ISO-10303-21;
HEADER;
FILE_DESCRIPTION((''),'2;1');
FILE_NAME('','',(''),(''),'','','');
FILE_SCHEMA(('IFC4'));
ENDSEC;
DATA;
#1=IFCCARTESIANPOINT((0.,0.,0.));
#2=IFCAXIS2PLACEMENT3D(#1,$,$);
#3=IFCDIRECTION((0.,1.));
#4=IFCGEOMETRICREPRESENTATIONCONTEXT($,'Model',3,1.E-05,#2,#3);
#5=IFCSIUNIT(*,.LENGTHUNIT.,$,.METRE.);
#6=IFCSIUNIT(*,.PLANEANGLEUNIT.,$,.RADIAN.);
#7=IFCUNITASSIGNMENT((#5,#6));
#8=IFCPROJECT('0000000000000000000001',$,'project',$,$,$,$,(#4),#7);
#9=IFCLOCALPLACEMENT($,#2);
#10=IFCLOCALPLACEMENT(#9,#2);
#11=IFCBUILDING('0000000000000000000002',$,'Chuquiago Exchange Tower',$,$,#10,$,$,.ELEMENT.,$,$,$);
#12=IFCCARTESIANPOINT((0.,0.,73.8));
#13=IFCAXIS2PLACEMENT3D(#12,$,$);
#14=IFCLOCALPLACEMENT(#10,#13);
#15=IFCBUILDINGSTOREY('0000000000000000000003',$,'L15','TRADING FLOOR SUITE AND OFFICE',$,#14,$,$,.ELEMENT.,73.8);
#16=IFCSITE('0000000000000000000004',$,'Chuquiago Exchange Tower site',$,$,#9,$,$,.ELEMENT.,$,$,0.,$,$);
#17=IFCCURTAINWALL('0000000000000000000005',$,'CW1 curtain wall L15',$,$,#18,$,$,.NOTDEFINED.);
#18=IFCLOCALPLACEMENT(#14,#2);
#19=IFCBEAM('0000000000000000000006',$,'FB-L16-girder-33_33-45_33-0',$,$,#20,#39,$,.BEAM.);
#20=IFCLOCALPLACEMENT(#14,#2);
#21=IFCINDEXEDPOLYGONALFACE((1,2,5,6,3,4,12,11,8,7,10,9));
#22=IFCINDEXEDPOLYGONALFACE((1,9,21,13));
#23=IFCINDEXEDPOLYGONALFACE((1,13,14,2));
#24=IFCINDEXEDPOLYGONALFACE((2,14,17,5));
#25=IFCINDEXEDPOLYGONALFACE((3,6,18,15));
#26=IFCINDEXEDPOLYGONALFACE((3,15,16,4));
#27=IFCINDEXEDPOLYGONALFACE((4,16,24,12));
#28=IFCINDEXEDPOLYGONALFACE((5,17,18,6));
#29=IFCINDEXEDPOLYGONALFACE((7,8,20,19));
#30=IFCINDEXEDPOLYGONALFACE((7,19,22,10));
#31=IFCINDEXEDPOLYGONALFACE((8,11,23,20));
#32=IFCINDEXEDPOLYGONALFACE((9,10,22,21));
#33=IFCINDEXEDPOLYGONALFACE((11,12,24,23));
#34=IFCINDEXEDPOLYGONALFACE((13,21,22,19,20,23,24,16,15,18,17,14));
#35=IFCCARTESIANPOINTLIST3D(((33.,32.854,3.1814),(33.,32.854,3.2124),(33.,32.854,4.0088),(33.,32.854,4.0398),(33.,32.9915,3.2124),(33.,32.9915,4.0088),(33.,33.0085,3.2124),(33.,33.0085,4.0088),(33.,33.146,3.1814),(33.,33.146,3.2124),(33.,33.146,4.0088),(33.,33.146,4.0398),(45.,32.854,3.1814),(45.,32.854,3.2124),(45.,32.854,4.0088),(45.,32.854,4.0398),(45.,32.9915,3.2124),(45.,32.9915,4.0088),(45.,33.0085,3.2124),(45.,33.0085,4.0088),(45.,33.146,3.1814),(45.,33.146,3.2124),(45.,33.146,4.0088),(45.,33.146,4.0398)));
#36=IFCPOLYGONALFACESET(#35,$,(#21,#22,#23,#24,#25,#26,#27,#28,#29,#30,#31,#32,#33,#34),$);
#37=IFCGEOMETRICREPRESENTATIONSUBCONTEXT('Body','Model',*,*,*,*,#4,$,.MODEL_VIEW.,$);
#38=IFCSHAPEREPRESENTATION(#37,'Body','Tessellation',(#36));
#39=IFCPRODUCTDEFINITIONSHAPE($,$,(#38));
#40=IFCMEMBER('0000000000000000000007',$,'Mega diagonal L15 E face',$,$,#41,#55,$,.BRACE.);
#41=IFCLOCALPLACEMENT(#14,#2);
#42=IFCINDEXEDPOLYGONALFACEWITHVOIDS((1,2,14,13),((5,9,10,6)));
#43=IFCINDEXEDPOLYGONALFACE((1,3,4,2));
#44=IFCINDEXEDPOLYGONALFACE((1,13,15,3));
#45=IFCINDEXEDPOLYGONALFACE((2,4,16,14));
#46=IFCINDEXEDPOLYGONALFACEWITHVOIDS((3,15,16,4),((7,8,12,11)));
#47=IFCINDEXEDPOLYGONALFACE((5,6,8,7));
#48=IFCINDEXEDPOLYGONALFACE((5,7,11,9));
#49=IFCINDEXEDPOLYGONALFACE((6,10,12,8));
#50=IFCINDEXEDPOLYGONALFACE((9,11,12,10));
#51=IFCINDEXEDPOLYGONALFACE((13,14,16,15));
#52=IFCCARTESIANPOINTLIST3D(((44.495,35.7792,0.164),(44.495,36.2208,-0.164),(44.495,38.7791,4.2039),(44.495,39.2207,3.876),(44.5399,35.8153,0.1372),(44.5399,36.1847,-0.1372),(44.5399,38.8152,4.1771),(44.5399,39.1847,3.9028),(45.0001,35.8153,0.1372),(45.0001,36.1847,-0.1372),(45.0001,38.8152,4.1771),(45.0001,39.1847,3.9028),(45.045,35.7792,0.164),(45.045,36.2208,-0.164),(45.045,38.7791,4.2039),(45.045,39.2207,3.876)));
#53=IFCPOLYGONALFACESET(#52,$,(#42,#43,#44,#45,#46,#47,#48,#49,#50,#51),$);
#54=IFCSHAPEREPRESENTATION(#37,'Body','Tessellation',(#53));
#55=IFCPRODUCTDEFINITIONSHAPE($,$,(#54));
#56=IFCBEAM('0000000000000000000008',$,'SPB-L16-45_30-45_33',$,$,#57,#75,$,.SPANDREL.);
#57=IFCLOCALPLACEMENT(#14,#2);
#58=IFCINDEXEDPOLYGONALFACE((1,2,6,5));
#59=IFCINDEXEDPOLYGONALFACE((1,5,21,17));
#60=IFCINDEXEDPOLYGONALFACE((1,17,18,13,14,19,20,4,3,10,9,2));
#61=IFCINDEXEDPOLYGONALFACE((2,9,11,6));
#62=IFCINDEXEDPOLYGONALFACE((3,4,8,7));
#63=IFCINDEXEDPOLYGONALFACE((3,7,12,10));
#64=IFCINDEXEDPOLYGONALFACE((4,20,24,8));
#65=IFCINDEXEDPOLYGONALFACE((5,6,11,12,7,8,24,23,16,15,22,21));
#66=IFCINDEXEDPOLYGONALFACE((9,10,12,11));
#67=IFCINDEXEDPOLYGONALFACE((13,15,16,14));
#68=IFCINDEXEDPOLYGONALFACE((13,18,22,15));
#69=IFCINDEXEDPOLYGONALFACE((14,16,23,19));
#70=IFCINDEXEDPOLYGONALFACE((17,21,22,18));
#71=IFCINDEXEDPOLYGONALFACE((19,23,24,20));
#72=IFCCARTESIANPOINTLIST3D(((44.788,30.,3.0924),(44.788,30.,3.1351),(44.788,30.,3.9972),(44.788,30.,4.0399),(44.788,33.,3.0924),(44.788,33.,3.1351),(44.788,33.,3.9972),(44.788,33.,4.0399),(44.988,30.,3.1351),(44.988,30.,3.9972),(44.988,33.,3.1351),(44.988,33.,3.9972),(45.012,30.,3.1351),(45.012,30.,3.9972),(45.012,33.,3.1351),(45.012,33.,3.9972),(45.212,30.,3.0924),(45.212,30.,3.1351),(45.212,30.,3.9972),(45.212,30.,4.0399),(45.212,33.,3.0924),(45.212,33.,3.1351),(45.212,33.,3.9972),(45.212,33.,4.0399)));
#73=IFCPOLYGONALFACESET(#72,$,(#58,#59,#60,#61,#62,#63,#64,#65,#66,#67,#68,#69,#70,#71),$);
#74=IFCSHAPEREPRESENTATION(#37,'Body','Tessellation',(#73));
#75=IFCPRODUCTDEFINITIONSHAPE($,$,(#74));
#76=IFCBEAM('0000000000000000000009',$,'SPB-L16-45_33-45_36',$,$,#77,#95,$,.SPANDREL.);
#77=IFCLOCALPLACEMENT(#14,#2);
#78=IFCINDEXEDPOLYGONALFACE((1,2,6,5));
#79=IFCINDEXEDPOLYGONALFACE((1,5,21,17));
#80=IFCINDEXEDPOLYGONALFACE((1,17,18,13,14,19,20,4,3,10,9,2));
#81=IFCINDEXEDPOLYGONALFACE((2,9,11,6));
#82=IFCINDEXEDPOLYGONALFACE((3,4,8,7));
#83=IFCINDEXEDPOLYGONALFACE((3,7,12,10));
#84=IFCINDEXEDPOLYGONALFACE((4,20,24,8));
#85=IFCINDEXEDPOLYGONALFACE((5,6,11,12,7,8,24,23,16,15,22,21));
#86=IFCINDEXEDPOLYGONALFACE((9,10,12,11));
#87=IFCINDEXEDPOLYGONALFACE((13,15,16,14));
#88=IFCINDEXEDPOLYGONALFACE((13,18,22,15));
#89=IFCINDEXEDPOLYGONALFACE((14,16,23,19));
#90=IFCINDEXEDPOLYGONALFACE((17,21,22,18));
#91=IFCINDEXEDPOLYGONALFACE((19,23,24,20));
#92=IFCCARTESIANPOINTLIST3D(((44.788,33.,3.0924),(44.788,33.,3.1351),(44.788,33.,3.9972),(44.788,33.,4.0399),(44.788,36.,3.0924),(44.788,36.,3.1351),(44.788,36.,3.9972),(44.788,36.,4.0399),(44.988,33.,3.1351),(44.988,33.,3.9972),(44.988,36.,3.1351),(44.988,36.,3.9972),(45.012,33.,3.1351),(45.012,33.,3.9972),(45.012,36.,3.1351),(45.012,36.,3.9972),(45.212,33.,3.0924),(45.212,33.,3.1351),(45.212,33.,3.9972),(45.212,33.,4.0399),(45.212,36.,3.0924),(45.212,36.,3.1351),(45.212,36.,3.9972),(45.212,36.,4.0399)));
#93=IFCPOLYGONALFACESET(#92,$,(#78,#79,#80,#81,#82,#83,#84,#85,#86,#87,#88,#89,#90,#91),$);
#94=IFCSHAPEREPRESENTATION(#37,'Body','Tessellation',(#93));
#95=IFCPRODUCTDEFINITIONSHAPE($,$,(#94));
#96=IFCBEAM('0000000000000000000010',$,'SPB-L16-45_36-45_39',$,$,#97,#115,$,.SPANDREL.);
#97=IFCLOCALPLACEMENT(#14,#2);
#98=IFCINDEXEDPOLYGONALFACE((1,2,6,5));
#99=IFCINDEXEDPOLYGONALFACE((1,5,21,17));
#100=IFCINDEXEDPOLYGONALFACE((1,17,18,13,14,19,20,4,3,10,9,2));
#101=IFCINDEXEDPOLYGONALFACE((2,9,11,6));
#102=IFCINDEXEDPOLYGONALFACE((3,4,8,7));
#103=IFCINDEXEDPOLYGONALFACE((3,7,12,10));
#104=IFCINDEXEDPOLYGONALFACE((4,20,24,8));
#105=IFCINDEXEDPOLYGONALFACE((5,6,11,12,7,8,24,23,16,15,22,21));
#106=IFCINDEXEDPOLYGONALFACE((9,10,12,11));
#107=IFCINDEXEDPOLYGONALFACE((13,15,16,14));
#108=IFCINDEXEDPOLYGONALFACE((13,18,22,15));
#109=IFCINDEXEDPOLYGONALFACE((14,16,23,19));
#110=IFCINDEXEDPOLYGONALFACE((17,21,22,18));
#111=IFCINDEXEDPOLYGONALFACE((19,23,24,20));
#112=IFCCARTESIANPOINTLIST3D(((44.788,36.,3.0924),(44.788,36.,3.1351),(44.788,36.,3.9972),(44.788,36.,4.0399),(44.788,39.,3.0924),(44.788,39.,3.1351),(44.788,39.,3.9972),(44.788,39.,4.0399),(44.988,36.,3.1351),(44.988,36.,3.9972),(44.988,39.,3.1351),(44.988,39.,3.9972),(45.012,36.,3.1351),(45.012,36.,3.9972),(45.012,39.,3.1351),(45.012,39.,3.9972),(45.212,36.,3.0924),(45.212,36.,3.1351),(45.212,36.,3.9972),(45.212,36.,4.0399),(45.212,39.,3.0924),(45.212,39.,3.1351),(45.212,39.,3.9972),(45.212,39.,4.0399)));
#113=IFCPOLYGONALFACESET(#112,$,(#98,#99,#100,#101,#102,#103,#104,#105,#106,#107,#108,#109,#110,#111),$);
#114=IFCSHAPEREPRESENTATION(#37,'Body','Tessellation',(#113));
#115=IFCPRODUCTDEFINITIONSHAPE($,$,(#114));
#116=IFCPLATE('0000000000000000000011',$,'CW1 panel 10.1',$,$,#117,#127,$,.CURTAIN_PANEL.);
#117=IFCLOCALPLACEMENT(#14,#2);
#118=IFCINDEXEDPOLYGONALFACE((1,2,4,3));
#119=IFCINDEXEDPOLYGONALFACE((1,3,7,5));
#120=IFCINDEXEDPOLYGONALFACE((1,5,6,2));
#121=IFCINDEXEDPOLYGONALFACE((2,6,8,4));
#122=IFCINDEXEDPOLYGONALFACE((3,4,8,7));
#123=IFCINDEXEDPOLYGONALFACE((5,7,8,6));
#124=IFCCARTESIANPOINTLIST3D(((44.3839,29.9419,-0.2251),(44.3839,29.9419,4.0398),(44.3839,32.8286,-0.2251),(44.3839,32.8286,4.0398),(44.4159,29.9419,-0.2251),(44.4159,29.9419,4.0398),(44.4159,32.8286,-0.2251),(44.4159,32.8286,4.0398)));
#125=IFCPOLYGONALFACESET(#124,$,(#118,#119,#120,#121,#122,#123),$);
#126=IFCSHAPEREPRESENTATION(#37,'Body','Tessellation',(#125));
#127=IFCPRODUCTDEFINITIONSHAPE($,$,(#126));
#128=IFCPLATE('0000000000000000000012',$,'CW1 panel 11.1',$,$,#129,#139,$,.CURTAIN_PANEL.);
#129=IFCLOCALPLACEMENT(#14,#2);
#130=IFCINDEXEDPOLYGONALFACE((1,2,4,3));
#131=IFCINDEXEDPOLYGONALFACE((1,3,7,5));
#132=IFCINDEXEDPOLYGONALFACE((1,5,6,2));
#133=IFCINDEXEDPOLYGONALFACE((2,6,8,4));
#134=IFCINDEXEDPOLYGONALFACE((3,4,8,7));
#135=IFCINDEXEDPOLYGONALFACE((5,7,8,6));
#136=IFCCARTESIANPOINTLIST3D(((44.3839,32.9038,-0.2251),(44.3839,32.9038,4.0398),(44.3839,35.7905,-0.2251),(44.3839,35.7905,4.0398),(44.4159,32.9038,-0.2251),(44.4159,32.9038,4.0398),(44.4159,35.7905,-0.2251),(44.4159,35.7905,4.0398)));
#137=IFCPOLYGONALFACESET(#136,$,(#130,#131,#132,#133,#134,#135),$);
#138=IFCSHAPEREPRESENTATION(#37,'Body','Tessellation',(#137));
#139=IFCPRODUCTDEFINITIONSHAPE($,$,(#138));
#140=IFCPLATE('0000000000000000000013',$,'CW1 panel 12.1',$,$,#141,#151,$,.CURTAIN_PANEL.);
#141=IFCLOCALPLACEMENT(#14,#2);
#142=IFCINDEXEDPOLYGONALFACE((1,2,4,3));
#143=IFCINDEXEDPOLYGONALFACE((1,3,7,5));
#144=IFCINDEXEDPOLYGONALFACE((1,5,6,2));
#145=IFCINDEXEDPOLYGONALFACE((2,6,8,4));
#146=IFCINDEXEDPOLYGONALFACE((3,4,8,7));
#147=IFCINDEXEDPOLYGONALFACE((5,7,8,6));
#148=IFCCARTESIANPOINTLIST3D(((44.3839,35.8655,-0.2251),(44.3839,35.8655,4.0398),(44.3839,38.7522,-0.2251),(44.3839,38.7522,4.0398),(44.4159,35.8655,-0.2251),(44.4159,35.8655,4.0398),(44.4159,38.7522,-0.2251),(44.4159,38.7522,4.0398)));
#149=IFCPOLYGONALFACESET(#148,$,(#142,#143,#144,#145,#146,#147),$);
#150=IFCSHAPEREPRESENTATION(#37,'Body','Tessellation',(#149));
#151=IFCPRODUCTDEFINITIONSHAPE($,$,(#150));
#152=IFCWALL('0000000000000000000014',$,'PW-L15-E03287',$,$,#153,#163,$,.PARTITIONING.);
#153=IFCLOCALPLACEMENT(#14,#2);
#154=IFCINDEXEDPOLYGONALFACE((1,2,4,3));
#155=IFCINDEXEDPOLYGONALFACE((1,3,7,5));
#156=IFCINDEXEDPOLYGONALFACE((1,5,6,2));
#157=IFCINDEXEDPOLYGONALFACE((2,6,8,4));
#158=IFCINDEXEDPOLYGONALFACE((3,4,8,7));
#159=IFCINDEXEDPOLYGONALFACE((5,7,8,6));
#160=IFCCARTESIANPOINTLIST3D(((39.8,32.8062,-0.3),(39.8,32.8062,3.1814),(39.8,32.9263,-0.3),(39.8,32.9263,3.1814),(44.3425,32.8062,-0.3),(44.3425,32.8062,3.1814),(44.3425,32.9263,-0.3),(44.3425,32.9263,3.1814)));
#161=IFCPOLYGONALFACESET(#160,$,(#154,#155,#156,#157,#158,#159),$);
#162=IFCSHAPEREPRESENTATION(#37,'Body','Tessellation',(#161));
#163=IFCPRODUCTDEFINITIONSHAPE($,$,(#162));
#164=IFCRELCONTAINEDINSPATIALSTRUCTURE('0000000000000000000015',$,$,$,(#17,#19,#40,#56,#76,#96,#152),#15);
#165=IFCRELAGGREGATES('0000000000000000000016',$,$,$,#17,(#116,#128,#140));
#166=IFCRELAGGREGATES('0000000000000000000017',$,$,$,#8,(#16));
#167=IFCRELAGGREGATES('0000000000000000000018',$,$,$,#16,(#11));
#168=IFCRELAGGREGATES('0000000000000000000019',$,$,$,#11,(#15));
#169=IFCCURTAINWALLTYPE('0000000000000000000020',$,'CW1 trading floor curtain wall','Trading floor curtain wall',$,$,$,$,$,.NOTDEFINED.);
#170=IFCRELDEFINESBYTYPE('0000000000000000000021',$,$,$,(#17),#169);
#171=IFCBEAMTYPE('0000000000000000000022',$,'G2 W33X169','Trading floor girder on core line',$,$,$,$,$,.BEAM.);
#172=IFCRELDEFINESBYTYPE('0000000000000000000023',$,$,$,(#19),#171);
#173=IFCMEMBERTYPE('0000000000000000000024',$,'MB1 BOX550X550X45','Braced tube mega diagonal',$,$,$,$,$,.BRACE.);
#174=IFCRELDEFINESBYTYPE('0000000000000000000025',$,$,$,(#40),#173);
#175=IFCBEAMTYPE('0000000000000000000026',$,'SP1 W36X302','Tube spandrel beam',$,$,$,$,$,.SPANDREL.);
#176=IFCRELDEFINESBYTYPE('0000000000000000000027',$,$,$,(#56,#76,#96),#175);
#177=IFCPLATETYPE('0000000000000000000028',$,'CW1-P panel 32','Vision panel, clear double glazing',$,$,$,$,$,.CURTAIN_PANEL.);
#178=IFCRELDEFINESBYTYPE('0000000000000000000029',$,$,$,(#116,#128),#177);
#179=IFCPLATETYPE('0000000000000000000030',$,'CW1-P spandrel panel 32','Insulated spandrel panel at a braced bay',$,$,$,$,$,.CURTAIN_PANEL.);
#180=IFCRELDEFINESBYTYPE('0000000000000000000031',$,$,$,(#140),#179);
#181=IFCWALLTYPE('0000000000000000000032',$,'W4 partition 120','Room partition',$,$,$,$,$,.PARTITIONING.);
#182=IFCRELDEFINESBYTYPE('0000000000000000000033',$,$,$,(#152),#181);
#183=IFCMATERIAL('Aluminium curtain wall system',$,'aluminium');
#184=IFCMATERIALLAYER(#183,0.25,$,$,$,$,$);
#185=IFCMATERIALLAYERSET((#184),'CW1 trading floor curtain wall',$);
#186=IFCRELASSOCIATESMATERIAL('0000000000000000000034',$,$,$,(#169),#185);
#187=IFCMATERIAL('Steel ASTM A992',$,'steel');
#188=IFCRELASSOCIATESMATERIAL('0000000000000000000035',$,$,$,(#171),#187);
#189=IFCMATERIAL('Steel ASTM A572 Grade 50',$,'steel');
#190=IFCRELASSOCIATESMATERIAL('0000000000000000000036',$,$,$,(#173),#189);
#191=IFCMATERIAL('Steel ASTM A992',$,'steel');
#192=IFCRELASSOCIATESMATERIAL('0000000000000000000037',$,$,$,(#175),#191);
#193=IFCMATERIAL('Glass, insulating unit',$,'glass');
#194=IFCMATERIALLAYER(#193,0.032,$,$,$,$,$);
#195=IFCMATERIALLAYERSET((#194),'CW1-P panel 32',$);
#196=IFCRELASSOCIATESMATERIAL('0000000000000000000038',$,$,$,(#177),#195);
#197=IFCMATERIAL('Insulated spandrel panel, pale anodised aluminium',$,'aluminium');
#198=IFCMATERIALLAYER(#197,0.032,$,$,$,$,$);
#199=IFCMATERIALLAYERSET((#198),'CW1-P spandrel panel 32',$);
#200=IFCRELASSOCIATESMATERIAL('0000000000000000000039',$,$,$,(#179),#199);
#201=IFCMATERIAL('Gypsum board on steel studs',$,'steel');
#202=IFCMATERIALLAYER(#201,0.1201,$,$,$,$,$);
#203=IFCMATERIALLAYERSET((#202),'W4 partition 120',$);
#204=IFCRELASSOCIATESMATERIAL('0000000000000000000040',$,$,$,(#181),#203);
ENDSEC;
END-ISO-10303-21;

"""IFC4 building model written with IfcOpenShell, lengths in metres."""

from ifc_helpers import new_model, si_unit, direction, frame, frame_2d, origin, origin_2d, place, context, subcontext, project, spatial, rectangle, hollow_rectangle, i_section, extrude, material, layer, layer_set, material_profile, profile_set, type_object, element, aggregate, save


model = new_model("IFC4")

# Units and contexts
model_context = context("Model", 3, precision=1e-05, world=origin(), true_north=direction((0.0, 1.0)))
body_context = subcontext(model_context, "Body", "Model", "MODEL_VIEW")
ifc_project = project(units=[si_unit("LENGTHUNIT", "METRE"), si_unit("PLANEANGLEUNIT", "RADIAN")], contexts=[model_context])

# Site, building, storey
site_placement = place(None, origin())
site = spatial("IfcSite", under=ifc_project, at=site_placement, Name="Chuquiago Exchange Tower site", CompositionType="ELEMENT", RefElevation=0.0)
building_placement = place(site_placement, origin())
building = spatial("IfcBuilding", under=site, at=building_placement, Name="Chuquiago Exchange Tower", CompositionType="ELEMENT")
storey_placement = place(building_placement, frame((0.0, 0.0, 73.8)))
storey = spatial("IfcBuildingStorey", under=building, at=storey_placement, Name="L15", Description="TRADING FLOOR SUITE AND OFFICE", CompositionType="ELEMENT", Elevation=73.8)

# Curtain wall
ifc_material_1 = material(Name="Aluminium curtain wall system", Category="aluminium")
ifc_layer_1 = layer(ifc_material_1, 0.25)
ifc_layer_set_1 = layer_set([ifc_layer_1], Name="CW1 trading floor curtain wall")
curtain_wall_type = type_object("IfcCurtainWallType", Name="CW1 trading floor curtain wall", Description="Trading floor curtain wall", PredefinedType="NOTDEFINED", material=ifc_layer_set_1)
curtain_wall_placement = place(storey_placement, origin())
curtain_wall = element("IfcCurtainWall", 1, at=curtain_wall_placement, inside=storey, type_object=curtain_wall_type, Name="CW1 curtain wall L15", PredefinedType="NOTDEFINED")

# Beam
ifc_material_2 = material(Name="Steel ASTM A992", Category="steel")
ifc_material_profile_1 = material_profile(ifc_material_2, i_section(OverallWidth=0.292, OverallDepth=0.8584, WebThickness=0.0171, FlangeThickness=0.031, at=origin_2d()), Name="W33X169")
ifc_profile_set_1 = profile_set([ifc_material_profile_1], Name="Steel ASTM A992")
beam_type_1 = type_object("IfcBeamType", Name="G2 W33X169", Description="Trading floor girder on core line", PredefinedType="BEAM", material=ifc_profile_set_1)
for number, where, z_axis, x_axis, name in (
    (2, (33.0, 33.0, 3.6106), (1.0, 0.0, 0.0), (0.0, 1.0, 0.0), "FB-L16-girder-33_33-45_33-0"),
):
    element("IfcBeam", number, at=place(storey_placement, frame(where, z_axis=z_axis, x_axis=x_axis)), inside=storey, type_object=beam_type_1, Name=name, PredefinedType="BEAM", context=body_context, shape_type="SweptSolid", body=[
        extrude(i_section(OverallWidth=0.292, OverallDepth=0.8584, WebThickness=0.0171, FlangeThickness=0.031, at=origin_2d()), origin(), (0.0, 0.0, 1.0), 12.0),
    ])

# Member
ifc_material_3 = material(Name="Steel ASTM A572 Grade 50", Category="steel")
ifc_material_profile_2 = material_profile(ifc_material_3, hollow_rectangle(XDim=0.55, YDim=0.55, WallThickness=0.0449, at=origin_2d()), Name="BOX550X550X45")
ifc_profile_set_2 = profile_set([ifc_material_profile_2], Name="Steel ASTM A572 Grade 50")
member_type_1 = type_object("IfcMemberType", Name="MB1 BOX550X550X45", Description="Braced tube mega diagonal", PredefinedType="BRACE", material=ifc_profile_set_2)
member_1_placement = place(storey_placement, frame((44.77, 36.0, 0.0), z_axis=(0.0, 0.596174, 0.802855), x_axis=(-1.0, 0.0, 0.0)))
element("IfcMember", 3, at=member_1_placement, inside=storey, type_object=member_type_1, Name="Mega diagonal L15 E face", PredefinedType="BRACE", context=body_context, shape_type="SweptSolid", body=[
    extrude(hollow_rectangle(XDim=0.55, YDim=0.55, WallThickness=0.0449, at=origin_2d()), origin(), (0.0, 0.0, 1.0), 5.032),
])

# Beams
ifc_material_4 = material(Name="Steel ASTM A992", Category="steel")
ifc_material_profile_3 = material_profile(ifc_material_4, i_section(OverallWidth=0.4241, OverallDepth=0.9475, WebThickness=0.0239, FlangeThickness=0.0427, at=origin_2d()), Name="W36X302")
ifc_profile_set_3 = profile_set([ifc_material_profile_3], Name="Steel ASTM A992")
beam_type_2 = type_object("IfcBeamType", Name="SP1 W36X302", Description="Tube spandrel beam", PredefinedType="SPANDREL", material=ifc_profile_set_3)
for number, where, z_axis, x_axis, name in (
    (4, (45.0, 30.0, 3.5662), (0.0, 1.0, 0.0), (-1.0, 0.0, 0.0), "SPB-L16-45_30-45_33"),
    (5, (45.0, 33.0, 3.5662), (0.0, 1.0, 0.0), (-1.0, 0.0, 0.0), "SPB-L16-45_33-45_36"),
    (6, (45.0, 36.0, 3.5662), (0.0, 1.0, 0.0), (-1.0, 0.0, 0.0), "SPB-L16-45_36-45_39"),
):
    element("IfcBeam", number, at=place(storey_placement, frame(where, z_axis=z_axis, x_axis=x_axis)), inside=storey, type_object=beam_type_2, Name=name, PredefinedType="SPANDREL", context=body_context, shape_type="SweptSolid", body=[
        extrude(i_section(OverallWidth=0.4241, OverallDepth=0.9475, WebThickness=0.0239, FlangeThickness=0.0427, at=origin_2d()), origin(), (0.0, 0.0, 1.0), 3.0),
    ])

# Plates
ifc_material_5 = material(Name="Glass, insulating unit", Category="glass")
ifc_layer_2 = layer(ifc_material_5, 0.032)
ifc_layer_set_2 = layer_set([ifc_layer_2], Name="CW1-P panel 32")
plate_type_1 = type_object("IfcPlateType", Name="CW1-P panel 32", Description="Vision panel, clear double glazing", PredefinedType="CURTAIN_PANEL", material=ifc_layer_set_2)
plate_1_placement = place(storey_placement, frame((44.3999, 31.3853, -0.2251), z_axis=(0.0, 0.0, 1.0), x_axis=(0.0, 1.0, 0.0)))
plate_1 = element("IfcPlate", 7, at=plate_1_placement, type_object=plate_type_1, Name="CW1 panel 10.1", PredefinedType="CURTAIN_PANEL", context=body_context, shape_type="SweptSolid", body=[
    extrude(rectangle(XDim=2.8867, YDim=0.032, at=origin_2d()), origin(), (0.0, 0.0, 1.0), 4.2649),
])
plate_2_placement = place(storey_placement, frame((44.3999, 34.3472, -0.2251), z_axis=(0.0, 0.0, 1.0), x_axis=(0.0, 1.0, 0.0)))
plate_2 = element("IfcPlate", 8, at=plate_2_placement, type_object=plate_type_1, Name="CW1 panel 11.1", PredefinedType="CURTAIN_PANEL", context=body_context, shape_type="SweptSolid", body=[
    extrude(rectangle(XDim=2.8867, YDim=0.032, at=origin_2d()), origin(), (0.0, 0.0, 1.0), 4.2649),
])
ifc_material_6 = material(Name="Insulated spandrel panel, pale anodised aluminium", Category="aluminium")
ifc_layer_3 = layer(ifc_material_6, 0.032)
ifc_layer_set_3 = layer_set([ifc_layer_3], Name="CW1-P spandrel panel 32")
plate_type_2 = type_object("IfcPlateType", Name="CW1-P spandrel panel 32", Description="Insulated spandrel panel at a braced bay", PredefinedType="CURTAIN_PANEL", material=ifc_layer_set_3)
plate_3_placement = place(storey_placement, frame((44.3999, 37.3088, -0.2251), z_axis=(0.0, 0.0, 1.0), x_axis=(0.0, 1.0, 0.0)))
plate_3 = element("IfcPlate", 9, at=plate_3_placement, type_object=plate_type_2, Name="CW1 panel 12.1", PredefinedType="CURTAIN_PANEL", context=body_context, shape_type="SweptSolid", body=[
    extrude(rectangle(XDim=2.8867, YDim=0.032, at=origin_2d()), origin(), (0.0, 0.0, 1.0), 4.2649),
])
aggregate(curtain_wall, [plate_1, plate_2, plate_3])

# Wall
ifc_material_7 = material(Name="Gypsum board on steel studs", Category="steel")
ifc_layer_4 = layer(ifc_material_7, 0.1201)
ifc_layer_set_4 = layer_set([ifc_layer_4], Name="W4 partition 120")
wall_type = type_object("IfcWallType", Name="W4 partition 120", Description="Room partition", PredefinedType="PARTITIONING", material=ifc_layer_set_4)
wall_placement = place(storey_placement, frame((44.3425, 32.8662, -0.3), z_axis=(0.0, 0.0, 1.0), x_axis=(-1.0, 0.0, 0.0)))
element("IfcWall", 10, at=wall_placement, inside=storey, type_object=wall_type, Name="PW-L15-E03287", PredefinedType="PARTITIONING", context=body_context, shape_type="SweptSolid", body=[
    extrude(rectangle(XDim=4.5425, YDim=0.1201, at=frame_2d((2.2712, 0.0))), origin(), (0.0, 0.0, 1.0), 3.4814),
])

save(model, "model.ifc")
